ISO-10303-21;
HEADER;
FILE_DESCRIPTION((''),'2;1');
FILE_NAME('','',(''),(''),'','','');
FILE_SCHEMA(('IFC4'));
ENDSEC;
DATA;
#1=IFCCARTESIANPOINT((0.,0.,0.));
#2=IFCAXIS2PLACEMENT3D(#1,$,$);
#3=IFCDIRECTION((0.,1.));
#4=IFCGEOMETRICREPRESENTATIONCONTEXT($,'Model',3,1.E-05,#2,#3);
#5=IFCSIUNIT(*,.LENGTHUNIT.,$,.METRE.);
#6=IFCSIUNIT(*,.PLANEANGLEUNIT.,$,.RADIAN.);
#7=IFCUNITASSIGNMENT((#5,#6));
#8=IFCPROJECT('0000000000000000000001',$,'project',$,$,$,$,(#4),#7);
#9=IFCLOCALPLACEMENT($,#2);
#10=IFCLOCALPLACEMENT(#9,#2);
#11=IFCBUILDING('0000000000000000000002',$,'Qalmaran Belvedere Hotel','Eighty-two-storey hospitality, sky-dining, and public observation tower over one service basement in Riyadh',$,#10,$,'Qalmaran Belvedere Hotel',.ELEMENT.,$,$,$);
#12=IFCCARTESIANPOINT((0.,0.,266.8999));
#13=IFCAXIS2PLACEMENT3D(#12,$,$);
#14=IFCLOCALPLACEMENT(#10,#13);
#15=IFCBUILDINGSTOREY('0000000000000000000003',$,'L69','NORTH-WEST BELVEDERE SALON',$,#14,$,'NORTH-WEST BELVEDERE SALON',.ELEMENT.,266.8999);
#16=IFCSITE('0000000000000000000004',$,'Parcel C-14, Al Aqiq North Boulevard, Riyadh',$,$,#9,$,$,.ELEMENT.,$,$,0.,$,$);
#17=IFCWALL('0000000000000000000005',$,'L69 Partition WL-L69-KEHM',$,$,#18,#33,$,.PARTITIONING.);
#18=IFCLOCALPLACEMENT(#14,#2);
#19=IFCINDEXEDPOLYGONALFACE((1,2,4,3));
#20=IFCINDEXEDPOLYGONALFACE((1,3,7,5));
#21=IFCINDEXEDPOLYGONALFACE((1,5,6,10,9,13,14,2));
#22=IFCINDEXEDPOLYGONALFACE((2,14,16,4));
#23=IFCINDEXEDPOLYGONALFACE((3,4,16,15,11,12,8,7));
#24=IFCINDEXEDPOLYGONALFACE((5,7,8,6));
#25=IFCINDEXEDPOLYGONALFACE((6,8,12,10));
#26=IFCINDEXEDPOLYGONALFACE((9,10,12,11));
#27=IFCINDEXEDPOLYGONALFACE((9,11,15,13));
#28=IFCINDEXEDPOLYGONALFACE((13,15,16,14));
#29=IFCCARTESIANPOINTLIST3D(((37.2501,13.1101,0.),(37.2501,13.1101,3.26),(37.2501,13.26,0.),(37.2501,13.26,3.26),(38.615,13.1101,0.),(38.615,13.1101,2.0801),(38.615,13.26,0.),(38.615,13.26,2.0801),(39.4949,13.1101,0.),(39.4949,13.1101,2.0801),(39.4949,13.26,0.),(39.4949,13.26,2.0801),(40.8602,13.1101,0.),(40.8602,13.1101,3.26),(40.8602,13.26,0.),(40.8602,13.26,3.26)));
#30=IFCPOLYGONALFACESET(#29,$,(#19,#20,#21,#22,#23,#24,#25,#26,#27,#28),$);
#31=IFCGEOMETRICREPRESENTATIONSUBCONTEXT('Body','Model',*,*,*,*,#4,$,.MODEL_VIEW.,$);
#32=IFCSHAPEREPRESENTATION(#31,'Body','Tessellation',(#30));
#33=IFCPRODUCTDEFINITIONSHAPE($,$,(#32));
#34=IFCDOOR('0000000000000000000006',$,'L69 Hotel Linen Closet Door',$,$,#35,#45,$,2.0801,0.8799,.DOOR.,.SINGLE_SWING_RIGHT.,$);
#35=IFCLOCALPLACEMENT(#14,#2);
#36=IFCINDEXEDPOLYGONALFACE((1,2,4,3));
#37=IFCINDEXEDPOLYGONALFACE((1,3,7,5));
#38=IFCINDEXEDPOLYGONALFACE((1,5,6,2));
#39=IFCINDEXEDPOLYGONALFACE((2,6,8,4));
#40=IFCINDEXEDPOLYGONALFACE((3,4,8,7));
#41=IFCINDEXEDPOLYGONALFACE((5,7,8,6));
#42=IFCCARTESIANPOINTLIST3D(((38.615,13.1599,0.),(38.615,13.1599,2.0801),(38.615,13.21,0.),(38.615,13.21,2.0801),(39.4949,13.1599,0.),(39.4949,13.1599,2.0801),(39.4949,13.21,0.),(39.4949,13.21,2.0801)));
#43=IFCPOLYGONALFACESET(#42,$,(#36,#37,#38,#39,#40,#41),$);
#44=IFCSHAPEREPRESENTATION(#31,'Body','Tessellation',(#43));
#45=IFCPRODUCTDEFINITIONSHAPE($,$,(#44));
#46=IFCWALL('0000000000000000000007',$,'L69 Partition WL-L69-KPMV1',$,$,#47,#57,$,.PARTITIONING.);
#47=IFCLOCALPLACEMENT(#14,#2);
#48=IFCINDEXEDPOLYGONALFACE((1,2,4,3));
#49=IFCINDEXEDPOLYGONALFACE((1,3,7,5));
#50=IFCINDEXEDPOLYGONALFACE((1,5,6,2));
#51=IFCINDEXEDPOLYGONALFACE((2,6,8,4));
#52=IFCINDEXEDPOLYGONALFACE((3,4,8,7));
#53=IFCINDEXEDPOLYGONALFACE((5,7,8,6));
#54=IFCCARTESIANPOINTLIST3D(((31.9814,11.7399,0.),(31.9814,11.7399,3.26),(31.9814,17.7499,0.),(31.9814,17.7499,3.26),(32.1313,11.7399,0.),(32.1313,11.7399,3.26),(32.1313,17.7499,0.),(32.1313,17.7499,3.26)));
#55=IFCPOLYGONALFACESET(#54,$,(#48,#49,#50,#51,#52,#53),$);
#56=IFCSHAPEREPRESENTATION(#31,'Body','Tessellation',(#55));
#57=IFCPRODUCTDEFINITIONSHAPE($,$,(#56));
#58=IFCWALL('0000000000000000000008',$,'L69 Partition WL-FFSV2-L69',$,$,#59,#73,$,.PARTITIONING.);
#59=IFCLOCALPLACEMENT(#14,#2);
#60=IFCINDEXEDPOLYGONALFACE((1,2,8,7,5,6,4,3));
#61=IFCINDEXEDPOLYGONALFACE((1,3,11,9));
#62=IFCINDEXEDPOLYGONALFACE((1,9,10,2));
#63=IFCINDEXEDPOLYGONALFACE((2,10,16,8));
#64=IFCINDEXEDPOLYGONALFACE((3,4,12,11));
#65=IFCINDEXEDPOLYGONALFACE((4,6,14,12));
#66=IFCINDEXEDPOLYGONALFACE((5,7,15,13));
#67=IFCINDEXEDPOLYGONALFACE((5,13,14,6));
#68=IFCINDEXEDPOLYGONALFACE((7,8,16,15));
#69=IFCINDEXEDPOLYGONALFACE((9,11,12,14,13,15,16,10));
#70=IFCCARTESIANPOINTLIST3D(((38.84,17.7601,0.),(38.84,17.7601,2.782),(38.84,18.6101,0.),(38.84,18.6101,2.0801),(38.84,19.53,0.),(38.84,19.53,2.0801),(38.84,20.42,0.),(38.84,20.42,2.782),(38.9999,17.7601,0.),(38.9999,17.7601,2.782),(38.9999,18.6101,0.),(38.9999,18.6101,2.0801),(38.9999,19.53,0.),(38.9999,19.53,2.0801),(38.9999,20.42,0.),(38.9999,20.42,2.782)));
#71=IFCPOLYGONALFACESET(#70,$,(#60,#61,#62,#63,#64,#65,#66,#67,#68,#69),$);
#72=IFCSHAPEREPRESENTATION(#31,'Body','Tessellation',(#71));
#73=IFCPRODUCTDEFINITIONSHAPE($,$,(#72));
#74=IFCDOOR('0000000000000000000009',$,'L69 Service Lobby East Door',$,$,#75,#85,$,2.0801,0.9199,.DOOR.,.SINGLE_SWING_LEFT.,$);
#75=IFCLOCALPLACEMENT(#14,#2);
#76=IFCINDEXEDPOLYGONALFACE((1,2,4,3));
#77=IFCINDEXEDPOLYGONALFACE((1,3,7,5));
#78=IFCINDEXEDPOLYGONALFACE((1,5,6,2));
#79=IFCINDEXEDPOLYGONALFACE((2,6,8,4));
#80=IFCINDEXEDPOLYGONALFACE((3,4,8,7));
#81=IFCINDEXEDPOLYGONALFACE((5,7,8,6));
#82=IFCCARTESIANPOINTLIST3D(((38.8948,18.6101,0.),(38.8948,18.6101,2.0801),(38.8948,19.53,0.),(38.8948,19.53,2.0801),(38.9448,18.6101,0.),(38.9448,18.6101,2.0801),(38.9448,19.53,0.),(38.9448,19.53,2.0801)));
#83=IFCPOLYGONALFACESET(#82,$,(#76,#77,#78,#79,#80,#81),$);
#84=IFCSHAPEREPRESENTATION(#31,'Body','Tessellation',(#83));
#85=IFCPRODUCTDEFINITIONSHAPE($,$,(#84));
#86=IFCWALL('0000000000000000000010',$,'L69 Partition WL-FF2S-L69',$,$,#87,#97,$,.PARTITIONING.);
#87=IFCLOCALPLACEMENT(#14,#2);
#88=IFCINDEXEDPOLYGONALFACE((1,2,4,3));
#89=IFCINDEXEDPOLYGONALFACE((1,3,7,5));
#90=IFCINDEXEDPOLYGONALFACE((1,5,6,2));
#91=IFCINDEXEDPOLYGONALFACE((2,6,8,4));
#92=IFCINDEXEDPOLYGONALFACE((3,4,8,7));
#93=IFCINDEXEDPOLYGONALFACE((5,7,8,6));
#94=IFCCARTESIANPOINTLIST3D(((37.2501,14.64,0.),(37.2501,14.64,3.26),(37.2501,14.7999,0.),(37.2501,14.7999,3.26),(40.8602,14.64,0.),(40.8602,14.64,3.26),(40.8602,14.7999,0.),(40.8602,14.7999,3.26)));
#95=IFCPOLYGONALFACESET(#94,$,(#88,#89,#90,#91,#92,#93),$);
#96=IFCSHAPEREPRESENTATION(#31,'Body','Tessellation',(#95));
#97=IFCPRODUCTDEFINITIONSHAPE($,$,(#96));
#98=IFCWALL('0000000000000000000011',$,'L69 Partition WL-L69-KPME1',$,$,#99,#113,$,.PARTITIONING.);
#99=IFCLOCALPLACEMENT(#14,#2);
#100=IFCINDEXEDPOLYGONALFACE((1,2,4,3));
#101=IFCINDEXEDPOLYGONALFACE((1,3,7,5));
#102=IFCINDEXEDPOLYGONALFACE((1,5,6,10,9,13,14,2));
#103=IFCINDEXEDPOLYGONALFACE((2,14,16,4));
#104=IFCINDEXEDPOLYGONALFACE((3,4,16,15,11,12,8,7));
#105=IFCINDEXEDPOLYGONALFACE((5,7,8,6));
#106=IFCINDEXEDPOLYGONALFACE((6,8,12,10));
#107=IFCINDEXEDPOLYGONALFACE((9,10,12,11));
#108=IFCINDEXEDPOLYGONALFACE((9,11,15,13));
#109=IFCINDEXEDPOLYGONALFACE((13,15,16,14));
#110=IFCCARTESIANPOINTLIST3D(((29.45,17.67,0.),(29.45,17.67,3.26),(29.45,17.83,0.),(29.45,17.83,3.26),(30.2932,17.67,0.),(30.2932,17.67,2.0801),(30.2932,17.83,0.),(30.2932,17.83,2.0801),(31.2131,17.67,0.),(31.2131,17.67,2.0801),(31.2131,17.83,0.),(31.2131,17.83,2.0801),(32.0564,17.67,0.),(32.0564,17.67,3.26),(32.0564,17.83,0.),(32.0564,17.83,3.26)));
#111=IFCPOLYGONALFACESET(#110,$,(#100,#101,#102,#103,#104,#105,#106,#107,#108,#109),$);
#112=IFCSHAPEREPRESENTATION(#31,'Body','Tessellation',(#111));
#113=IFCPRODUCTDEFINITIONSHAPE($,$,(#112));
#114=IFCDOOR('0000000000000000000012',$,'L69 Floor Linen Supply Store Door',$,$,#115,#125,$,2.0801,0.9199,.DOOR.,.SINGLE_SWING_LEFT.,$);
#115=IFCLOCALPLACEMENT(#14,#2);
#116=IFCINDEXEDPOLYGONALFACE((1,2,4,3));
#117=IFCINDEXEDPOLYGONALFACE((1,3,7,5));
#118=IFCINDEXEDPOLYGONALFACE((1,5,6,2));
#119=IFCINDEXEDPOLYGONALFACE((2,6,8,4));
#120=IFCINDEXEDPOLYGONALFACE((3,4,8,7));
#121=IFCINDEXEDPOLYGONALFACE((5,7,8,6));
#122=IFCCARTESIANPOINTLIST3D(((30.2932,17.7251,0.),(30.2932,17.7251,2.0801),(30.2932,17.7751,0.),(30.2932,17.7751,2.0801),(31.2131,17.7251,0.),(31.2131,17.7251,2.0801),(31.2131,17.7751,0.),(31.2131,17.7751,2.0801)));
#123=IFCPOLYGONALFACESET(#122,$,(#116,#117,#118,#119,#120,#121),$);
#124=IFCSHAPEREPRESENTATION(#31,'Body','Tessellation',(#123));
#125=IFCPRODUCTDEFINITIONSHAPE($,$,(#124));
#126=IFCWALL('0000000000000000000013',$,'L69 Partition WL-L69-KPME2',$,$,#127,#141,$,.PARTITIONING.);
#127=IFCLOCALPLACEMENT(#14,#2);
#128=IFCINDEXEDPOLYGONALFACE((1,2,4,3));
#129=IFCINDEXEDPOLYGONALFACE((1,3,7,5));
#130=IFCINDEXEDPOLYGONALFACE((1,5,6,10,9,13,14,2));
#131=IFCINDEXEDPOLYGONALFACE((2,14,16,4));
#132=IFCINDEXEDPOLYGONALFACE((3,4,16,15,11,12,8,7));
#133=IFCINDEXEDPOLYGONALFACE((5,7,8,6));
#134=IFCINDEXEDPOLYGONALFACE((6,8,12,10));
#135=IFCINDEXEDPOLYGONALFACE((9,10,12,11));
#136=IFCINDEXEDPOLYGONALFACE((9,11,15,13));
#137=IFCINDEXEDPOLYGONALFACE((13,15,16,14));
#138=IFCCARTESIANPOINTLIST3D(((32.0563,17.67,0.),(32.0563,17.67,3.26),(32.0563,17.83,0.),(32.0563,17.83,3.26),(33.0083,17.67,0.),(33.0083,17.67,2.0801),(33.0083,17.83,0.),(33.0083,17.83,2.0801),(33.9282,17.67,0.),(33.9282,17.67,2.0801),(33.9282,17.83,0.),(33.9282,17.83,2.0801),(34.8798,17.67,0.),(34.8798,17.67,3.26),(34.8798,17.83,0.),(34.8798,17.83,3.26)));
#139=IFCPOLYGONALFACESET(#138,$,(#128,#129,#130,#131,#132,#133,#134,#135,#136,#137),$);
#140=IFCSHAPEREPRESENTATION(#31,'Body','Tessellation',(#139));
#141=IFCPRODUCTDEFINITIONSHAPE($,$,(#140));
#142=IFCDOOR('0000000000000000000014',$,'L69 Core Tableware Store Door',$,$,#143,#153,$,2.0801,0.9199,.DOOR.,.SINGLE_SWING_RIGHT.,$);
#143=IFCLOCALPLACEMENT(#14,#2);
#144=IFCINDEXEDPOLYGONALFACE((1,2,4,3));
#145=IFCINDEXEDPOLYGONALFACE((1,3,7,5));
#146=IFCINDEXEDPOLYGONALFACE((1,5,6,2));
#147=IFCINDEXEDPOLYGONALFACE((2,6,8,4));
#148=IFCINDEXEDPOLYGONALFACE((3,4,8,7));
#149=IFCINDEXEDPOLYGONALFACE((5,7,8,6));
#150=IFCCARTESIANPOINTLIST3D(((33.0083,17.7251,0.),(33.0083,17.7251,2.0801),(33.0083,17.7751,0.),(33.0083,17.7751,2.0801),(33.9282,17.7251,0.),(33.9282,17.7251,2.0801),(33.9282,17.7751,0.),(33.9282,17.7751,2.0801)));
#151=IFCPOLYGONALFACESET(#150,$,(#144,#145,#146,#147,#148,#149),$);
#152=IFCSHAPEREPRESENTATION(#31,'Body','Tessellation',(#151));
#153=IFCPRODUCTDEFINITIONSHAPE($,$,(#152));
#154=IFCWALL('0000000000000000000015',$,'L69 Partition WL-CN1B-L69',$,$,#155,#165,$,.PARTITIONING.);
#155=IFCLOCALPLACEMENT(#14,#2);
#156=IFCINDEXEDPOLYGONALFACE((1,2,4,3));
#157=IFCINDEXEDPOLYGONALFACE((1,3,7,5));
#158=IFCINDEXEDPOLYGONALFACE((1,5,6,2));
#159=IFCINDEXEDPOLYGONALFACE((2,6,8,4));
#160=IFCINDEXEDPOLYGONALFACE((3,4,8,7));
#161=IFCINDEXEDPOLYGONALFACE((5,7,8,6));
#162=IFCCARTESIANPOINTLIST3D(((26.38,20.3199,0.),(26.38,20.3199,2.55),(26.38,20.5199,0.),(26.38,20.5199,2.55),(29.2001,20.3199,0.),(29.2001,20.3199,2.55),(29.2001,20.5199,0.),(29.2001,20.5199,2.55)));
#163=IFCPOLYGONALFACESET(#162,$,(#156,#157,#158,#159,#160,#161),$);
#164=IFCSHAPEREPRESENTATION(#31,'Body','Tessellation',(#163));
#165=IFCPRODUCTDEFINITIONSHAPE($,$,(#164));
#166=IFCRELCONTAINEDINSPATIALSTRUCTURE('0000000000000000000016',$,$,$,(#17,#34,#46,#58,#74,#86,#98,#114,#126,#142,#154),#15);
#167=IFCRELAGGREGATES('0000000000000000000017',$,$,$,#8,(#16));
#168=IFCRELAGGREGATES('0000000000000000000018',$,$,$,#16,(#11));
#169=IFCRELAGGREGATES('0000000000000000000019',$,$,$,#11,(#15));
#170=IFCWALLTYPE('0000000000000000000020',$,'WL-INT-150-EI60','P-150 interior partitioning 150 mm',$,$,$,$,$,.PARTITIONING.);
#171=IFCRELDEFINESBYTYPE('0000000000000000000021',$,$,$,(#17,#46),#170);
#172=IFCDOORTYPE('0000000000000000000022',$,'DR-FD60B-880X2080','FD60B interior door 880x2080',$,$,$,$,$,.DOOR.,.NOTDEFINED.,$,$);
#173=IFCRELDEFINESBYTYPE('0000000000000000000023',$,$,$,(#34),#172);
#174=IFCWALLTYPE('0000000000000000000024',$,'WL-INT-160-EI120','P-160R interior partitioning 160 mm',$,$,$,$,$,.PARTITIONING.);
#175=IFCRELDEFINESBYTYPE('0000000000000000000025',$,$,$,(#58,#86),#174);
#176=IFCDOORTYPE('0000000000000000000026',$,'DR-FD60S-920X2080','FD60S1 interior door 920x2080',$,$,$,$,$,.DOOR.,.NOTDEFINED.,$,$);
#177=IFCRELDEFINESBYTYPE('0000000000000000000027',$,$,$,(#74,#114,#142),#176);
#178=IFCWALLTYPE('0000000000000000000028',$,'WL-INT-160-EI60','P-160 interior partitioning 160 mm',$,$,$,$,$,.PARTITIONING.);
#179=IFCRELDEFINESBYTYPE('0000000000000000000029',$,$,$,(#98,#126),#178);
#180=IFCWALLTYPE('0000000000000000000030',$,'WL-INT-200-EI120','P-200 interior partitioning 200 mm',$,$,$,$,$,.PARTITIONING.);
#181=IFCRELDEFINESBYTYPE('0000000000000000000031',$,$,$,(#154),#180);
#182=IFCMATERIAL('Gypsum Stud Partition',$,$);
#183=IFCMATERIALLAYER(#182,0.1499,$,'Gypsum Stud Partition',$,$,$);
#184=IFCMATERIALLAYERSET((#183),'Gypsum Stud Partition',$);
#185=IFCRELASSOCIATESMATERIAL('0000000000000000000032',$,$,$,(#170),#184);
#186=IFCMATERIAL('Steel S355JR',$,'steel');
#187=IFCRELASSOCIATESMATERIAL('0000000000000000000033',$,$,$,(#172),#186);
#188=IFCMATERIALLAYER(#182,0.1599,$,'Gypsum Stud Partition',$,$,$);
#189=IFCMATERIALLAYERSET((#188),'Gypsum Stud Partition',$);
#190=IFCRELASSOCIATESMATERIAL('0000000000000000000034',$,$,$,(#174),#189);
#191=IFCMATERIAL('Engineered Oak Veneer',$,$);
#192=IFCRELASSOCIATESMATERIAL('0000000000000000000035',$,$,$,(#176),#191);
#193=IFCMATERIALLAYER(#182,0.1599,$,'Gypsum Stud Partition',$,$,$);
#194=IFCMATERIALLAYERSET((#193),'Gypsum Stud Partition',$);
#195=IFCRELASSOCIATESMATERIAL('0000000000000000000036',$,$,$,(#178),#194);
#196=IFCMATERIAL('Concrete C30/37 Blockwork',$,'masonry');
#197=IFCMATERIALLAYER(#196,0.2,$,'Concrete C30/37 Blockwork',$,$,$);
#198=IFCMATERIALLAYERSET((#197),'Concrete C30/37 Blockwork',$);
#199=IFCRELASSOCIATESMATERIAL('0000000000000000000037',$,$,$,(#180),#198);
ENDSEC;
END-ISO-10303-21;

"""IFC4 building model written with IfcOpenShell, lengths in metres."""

from ifc_helpers import new_model, si_unit, direction, frame, frame_2d, origin, place, context, subcontext, project, spatial, rectangle, extrude, material, layer, layer_set, type_object, element, fill, save


model = new_model("IFC4")

# Units and contexts
model_context = context("Model", 3, precision=1e-05, world=origin(), true_north=direction((0.0, 1.0)))
body_context = subcontext(model_context, "Body", "Model", "MODEL_VIEW")
ifc_project = project(units=[si_unit("LENGTHUNIT", "METRE"), si_unit("PLANEANGLEUNIT", "RADIAN")], contexts=[model_context])

# Site, building, storey
site_placement = place(None, origin())
site = spatial("IfcSite", under=ifc_project, at=site_placement, Name="Parcel C-14, Al Aqiq North Boulevard, Riyadh", CompositionType="ELEMENT", RefElevation=0.0)
building_placement = place(site_placement, origin())
building = spatial("IfcBuilding", under=site, at=building_placement, Name="Qalmaran Belvedere Hotel", Description="Eighty-two-storey hospitality, sky-dining, and public observation tower over one service basement in Riyadh", LongName="Qalmaran Belvedere Hotel", CompositionType="ELEMENT")
storey_placement = place(building_placement, frame((0.0, 0.0, 266.8999)))
storey = spatial("IfcBuildingStorey", under=building, at=storey_placement, Name="L69", Description="NORTH-WEST BELVEDERE SALON", LongName="NORTH-WEST BELVEDERE SALON", CompositionType="ELEMENT", Elevation=266.8999)

# Shared definitions
ifc_material_1 = material(Name="Steel S355JR", Category="steel")

# Shared definitions
ifc_material_2 = material(Name="Gypsum Stud Partition")

# Wall, opening, door
ifc_layer_1 = layer(ifc_material_2, 0.1499, Name="Gypsum Stud Partition")
ifc_layer_set_1 = layer_set([ifc_layer_1], Name="Gypsum Stud Partition")
wall_type_1 = type_object("IfcWallType", Name="WL-INT-150-EI60", Description="P-150 interior partitioning 150 mm", PredefinedType="PARTITIONING", material=ifc_layer_set_1)
wall_1_placement = place(storey_placement, frame((37.25, 13.1851, 0.0), z_axis=(0.0, 0.0, 1.0), x_axis=(1.0, 0.0, 0.0)))
wall_1 = element("IfcWall", 1, at=wall_1_placement, inside=storey, type_object=wall_type_1, Name="L69 Partition WL-L69-KEHM", PredefinedType="PARTITIONING", context=body_context, shape_type="SweptSolid", body=[
    extrude(rectangle(XDim=3.6101, YDim=0.1499, at=frame_2d((1.8052, 0.0))), origin(), (0.0, 0.0, 1.0), 3.26),
])
opening_1_placement = place(wall_1_placement, frame((1.365, 0.0, 0.0)))
opening_1 = element("IfcOpeningElement", 2, at=opening_1_placement, cuts=wall_1, PredefinedType="OPENING", context=body_context, shape_type="SweptSolid", body=[
    extrude(rectangle(XDim=0.8799, YDim=2.0801, at=frame_2d((0.4399, 1.04))), frame((0.0, 0.085, 0.0), z_axis=(0.0, -1.0, 0.0), x_axis=(1.0, 0.0, 0.0)), (0.0, 0.0, 1.0), 0.1699),
])
door_type_1 = type_object("IfcDoorType", Name="DR-FD60B-880X2080", Description="FD60B interior door 880x2080", OperationType="NOTDEFINED", PredefinedType="DOOR", material=ifc_material_1)
door_1_placement = place(opening_1_placement, origin())
door_1 = element("IfcDoor", 3, at=door_1_placement, inside=storey, type_object=door_type_1, Name="L69 Hotel Linen Closet Door", OperationType="SINGLE_SWING_RIGHT", OverallHeight=2.0801, OverallWidth=0.8799, PredefinedType="DOOR", context=body_context, shape_type="SweptSolid", body=[
    extrude(rectangle(XDim=0.8799, YDim=2.0801, at=frame_2d((0.4399, 1.04))), frame((0.0, 0.0249, 0.0), z_axis=(0.0, -1.0, 0.0), x_axis=(1.0, 0.0, 0.0)), (0.0, 0.0, 1.0), 0.05),
])
fill(opening_1, door_1)

# Wall
wall_2_placement = place(storey_placement, frame((32.0564, 11.74, 0.0), z_axis=(0.0, 0.0, 1.0), x_axis=(0.0, 1.0, 0.0)))
element("IfcWall", 4, at=wall_2_placement, inside=storey, type_object=wall_type_1, Name="L69 Partition WL-L69-KPMV1", PredefinedType="PARTITIONING", context=body_context, shape_type="SweptSolid", body=[
    extrude(rectangle(XDim=6.01, YDim=0.1499, at=frame_2d((3.0049, 0.0))), origin(), (0.0, 0.0, 1.0), 3.26),
])

# Wall, opening, door
ifc_layer_2 = layer(ifc_material_2, 0.1599, Name="Gypsum Stud Partition")
ifc_layer_set_2 = layer_set([ifc_layer_2], Name="Gypsum Stud Partition")
wall_type_2 = type_object("IfcWallType", Name="WL-INT-160-EI120", Description="P-160R interior partitioning 160 mm", PredefinedType="PARTITIONING", material=ifc_layer_set_2)
wall_3_placement = place(storey_placement, frame((38.9199, 17.76, 0.0), z_axis=(0.0, 0.0, 1.0), x_axis=(0.0, 1.0, 0.0)))
wall_3 = element("IfcWall", 5, at=wall_3_placement, inside=storey, type_object=wall_type_2, Name="L69 Partition WL-FFSV2-L69", PredefinedType="PARTITIONING", context=body_context, shape_type="SweptSolid", body=[
    extrude(rectangle(XDim=2.6599, YDim=0.1599, at=frame_2d((1.3301, 0.0))), origin(), (0.0, 0.0, 1.0), 2.782),
])
opening_2_placement = place(wall_3_placement, frame((1.77, 0.0, 0.0), z_axis=(0.0, 0.0, 1.0), x_axis=(-1.0, 0.0, 0.0)))
opening_2 = element("IfcOpeningElement", 6, at=opening_2_placement, cuts=wall_3, PredefinedType="OPENING", context=body_context, shape_type="SweptSolid", body=[
    extrude(rectangle(XDim=0.9199, YDim=2.0801, at=frame_2d((0.46, 1.04))), frame((0.0, 0.0898, 0.0), z_axis=(0.0, -1.0, 0.0), x_axis=(1.0, 0.0, 0.0)), (0.0, 0.0, 1.0), 0.1799),
])
ifc_material_3 = material(Name="Engineered Oak Veneer")
door_type_2 = type_object("IfcDoorType", Name="DR-FD60S-920X2080", Description="FD60S1 interior door 920x2080", OperationType="NOTDEFINED", PredefinedType="DOOR", material=ifc_material_3)
door_2_placement = place(opening_2_placement, origin())
door_2 = element("IfcDoor", 7, at=door_2_placement, inside=storey, type_object=door_type_2, Name="L69 Service Lobby East Door", OperationType="SINGLE_SWING_LEFT", OverallHeight=2.0801, OverallWidth=0.9199, PredefinedType="DOOR", context=body_context, shape_type="SweptSolid", body=[
    extrude(rectangle(XDim=0.9199, YDim=2.0801, at=frame_2d((0.46, 1.04))), frame((0.0, 0.0249, 0.0), z_axis=(0.0, -1.0, 0.0), x_axis=(1.0, 0.0, 0.0)), (0.0, 0.0, 1.0), 0.05),
])
fill(opening_2, door_2)

# Wall
wall_4_placement = place(storey_placement, frame((37.25, 14.72, 0.0), z_axis=(0.0, 0.0, 1.0), x_axis=(1.0, 0.0, 0.0)))
element("IfcWall", 8, at=wall_4_placement, inside=storey, type_object=wall_type_2, Name="L69 Partition WL-FF2S-L69", PredefinedType="PARTITIONING", context=body_context, shape_type="SweptSolid", body=[
    extrude(rectangle(XDim=3.6101, YDim=0.1599, at=frame_2d((1.8052, 0.0))), origin(), (0.0, 0.0, 1.0), 3.26),
])

# Walls, openings, doors
ifc_layer_3 = layer(ifc_material_2, 0.1599, Name="Gypsum Stud Partition")
ifc_layer_set_3 = layer_set([ifc_layer_3], Name="Gypsum Stud Partition")
wall_type_3 = type_object("IfcWallType", Name="WL-INT-160-EI60", Description="P-160 interior partitioning 160 mm", PredefinedType="PARTITIONING", material=ifc_layer_set_3)
wall_5_placement = place(storey_placement, frame((29.45, 17.75, 0.0), z_axis=(0.0, 0.0, 1.0), x_axis=(1.0, 0.0, 0.0)))
wall_5 = element("IfcWall", 9, at=wall_5_placement, inside=storey, type_object=wall_type_3, Name="L69 Partition WL-L69-KPME1", PredefinedType="PARTITIONING", context=body_context, shape_type="SweptSolid", body=[
    extrude(rectangle(XDim=2.6064, YDim=0.1599, at=frame_2d((1.3032, 0.0))), origin(), (0.0, 0.0, 1.0), 3.26),
])
opening_3_placement = place(wall_5_placement, frame((1.7632, 0.0, 0.0), z_axis=(0.0, 0.0, 1.0), x_axis=(-1.0, 0.0, 0.0)))
opening_3 = element("IfcOpeningElement", 10, at=opening_3_placement, cuts=wall_5, PredefinedType="OPENING", context=body_context, shape_type="SweptSolid", body=[
    extrude(rectangle(XDim=0.9199, YDim=2.0801, at=frame_2d((0.46, 1.04))), frame((0.0, 0.0898, 0.0), z_axis=(0.0, -1.0, 0.0), x_axis=(1.0, 0.0, 0.0)), (0.0, 0.0, 1.0), 0.1799),
])
door_3_placement = place(opening_3_placement, origin())
door_3 = element("IfcDoor", 11, at=door_3_placement, inside=storey, type_object=door_type_2, Name="L69 Floor Linen Supply Store Door", OperationType="SINGLE_SWING_LEFT", OverallHeight=2.0801, OverallWidth=0.9199, PredefinedType="DOOR", context=body_context, shape_type="SweptSolid", body=[
    extrude(rectangle(XDim=0.9199, YDim=2.0801, at=frame_2d((0.46, 1.04))), frame((0.0, 0.0249, 0.0), z_axis=(0.0, -1.0, 0.0), x_axis=(1.0, 0.0, 0.0)), (0.0, 0.0, 1.0), 0.05),
])
fill(opening_3, door_3)
wall_6_placement = place(storey_placement, frame((32.0564, 17.75, 0.0), z_axis=(0.0, 0.0, 1.0), x_axis=(1.0, 0.0, 0.0)))
wall_6 = element("IfcWall", 12, at=wall_6_placement, inside=storey, type_object=wall_type_3, Name="L69 Partition WL-L69-KPME2", PredefinedType="PARTITIONING", context=body_context, shape_type="SweptSolid", body=[
    extrude(rectangle(XDim=2.8235, YDim=0.1599, at=frame_2d((1.4116, 0.0))), origin(), (0.0, 0.0, 1.0), 3.26),
])
opening_4_placement = place(wall_6_placement, frame((1.8718, 0.0, 0.0), z_axis=(0.0, 0.0, 1.0), x_axis=(-1.0, 0.0, 0.0)))
opening_4 = element("IfcOpeningElement", 13, at=opening_4_placement, cuts=wall_6, PredefinedType="OPENING", context=body_context, shape_type="SweptSolid", body=[
    extrude(rectangle(XDim=0.9199, YDim=2.0801, at=frame_2d((0.46, 1.04))), frame((0.0, 0.0898, 0.0), z_axis=(0.0, -1.0, 0.0), x_axis=(1.0, 0.0, 0.0)), (0.0, 0.0, 1.0), 0.1799),
])
door_4_placement = place(opening_4_placement, origin())
door_4 = element("IfcDoor", 14, at=door_4_placement, inside=storey, type_object=door_type_2, Name="L69 Core Tableware Store Door", OperationType="SINGLE_SWING_RIGHT", OverallHeight=2.0801, OverallWidth=0.9199, PredefinedType="DOOR", context=body_context, shape_type="SweptSolid", body=[
    extrude(rectangle(XDim=0.9199, YDim=2.0801, at=frame_2d((0.46, 1.04))), frame((0.0, 0.0249, 0.0), z_axis=(0.0, -1.0, 0.0), x_axis=(1.0, 0.0, 0.0)), (0.0, 0.0, 1.0), 0.05),
])
fill(opening_4, door_4)

# Wall
ifc_material_4 = material(Name="Concrete C30/37 Blockwork", Category="masonry")
ifc_layer_4 = layer(ifc_material_4, 0.2, Name="Concrete C30/37 Blockwork")
ifc_layer_set_4 = layer_set([ifc_layer_4], Name="Concrete C30/37 Blockwork")
wall_type_4 = type_object("IfcWallType", Name="WL-INT-200-EI120", Description="P-200 interior partitioning 200 mm", PredefinedType="PARTITIONING", material=ifc_layer_set_4)
wall_7_placement = place(storey_placement, frame((26.3799, 20.4199, 0.0), z_axis=(0.0, 0.0, 1.0), x_axis=(1.0, 0.0, 0.0)))
element("IfcWall", 15, at=wall_7_placement, inside=storey, type_object=wall_type_4, Name="L69 Partition WL-CN1B-L69", PredefinedType="PARTITIONING", context=body_context, shape_type="SweptSolid", body=[
    extrude(rectangle(XDim=2.8201, YDim=0.2, at=frame_2d((1.4102, 0.0))), origin(), (0.0, 0.0, 1.0), 2.55),
])

save(model, "model.ifc")
